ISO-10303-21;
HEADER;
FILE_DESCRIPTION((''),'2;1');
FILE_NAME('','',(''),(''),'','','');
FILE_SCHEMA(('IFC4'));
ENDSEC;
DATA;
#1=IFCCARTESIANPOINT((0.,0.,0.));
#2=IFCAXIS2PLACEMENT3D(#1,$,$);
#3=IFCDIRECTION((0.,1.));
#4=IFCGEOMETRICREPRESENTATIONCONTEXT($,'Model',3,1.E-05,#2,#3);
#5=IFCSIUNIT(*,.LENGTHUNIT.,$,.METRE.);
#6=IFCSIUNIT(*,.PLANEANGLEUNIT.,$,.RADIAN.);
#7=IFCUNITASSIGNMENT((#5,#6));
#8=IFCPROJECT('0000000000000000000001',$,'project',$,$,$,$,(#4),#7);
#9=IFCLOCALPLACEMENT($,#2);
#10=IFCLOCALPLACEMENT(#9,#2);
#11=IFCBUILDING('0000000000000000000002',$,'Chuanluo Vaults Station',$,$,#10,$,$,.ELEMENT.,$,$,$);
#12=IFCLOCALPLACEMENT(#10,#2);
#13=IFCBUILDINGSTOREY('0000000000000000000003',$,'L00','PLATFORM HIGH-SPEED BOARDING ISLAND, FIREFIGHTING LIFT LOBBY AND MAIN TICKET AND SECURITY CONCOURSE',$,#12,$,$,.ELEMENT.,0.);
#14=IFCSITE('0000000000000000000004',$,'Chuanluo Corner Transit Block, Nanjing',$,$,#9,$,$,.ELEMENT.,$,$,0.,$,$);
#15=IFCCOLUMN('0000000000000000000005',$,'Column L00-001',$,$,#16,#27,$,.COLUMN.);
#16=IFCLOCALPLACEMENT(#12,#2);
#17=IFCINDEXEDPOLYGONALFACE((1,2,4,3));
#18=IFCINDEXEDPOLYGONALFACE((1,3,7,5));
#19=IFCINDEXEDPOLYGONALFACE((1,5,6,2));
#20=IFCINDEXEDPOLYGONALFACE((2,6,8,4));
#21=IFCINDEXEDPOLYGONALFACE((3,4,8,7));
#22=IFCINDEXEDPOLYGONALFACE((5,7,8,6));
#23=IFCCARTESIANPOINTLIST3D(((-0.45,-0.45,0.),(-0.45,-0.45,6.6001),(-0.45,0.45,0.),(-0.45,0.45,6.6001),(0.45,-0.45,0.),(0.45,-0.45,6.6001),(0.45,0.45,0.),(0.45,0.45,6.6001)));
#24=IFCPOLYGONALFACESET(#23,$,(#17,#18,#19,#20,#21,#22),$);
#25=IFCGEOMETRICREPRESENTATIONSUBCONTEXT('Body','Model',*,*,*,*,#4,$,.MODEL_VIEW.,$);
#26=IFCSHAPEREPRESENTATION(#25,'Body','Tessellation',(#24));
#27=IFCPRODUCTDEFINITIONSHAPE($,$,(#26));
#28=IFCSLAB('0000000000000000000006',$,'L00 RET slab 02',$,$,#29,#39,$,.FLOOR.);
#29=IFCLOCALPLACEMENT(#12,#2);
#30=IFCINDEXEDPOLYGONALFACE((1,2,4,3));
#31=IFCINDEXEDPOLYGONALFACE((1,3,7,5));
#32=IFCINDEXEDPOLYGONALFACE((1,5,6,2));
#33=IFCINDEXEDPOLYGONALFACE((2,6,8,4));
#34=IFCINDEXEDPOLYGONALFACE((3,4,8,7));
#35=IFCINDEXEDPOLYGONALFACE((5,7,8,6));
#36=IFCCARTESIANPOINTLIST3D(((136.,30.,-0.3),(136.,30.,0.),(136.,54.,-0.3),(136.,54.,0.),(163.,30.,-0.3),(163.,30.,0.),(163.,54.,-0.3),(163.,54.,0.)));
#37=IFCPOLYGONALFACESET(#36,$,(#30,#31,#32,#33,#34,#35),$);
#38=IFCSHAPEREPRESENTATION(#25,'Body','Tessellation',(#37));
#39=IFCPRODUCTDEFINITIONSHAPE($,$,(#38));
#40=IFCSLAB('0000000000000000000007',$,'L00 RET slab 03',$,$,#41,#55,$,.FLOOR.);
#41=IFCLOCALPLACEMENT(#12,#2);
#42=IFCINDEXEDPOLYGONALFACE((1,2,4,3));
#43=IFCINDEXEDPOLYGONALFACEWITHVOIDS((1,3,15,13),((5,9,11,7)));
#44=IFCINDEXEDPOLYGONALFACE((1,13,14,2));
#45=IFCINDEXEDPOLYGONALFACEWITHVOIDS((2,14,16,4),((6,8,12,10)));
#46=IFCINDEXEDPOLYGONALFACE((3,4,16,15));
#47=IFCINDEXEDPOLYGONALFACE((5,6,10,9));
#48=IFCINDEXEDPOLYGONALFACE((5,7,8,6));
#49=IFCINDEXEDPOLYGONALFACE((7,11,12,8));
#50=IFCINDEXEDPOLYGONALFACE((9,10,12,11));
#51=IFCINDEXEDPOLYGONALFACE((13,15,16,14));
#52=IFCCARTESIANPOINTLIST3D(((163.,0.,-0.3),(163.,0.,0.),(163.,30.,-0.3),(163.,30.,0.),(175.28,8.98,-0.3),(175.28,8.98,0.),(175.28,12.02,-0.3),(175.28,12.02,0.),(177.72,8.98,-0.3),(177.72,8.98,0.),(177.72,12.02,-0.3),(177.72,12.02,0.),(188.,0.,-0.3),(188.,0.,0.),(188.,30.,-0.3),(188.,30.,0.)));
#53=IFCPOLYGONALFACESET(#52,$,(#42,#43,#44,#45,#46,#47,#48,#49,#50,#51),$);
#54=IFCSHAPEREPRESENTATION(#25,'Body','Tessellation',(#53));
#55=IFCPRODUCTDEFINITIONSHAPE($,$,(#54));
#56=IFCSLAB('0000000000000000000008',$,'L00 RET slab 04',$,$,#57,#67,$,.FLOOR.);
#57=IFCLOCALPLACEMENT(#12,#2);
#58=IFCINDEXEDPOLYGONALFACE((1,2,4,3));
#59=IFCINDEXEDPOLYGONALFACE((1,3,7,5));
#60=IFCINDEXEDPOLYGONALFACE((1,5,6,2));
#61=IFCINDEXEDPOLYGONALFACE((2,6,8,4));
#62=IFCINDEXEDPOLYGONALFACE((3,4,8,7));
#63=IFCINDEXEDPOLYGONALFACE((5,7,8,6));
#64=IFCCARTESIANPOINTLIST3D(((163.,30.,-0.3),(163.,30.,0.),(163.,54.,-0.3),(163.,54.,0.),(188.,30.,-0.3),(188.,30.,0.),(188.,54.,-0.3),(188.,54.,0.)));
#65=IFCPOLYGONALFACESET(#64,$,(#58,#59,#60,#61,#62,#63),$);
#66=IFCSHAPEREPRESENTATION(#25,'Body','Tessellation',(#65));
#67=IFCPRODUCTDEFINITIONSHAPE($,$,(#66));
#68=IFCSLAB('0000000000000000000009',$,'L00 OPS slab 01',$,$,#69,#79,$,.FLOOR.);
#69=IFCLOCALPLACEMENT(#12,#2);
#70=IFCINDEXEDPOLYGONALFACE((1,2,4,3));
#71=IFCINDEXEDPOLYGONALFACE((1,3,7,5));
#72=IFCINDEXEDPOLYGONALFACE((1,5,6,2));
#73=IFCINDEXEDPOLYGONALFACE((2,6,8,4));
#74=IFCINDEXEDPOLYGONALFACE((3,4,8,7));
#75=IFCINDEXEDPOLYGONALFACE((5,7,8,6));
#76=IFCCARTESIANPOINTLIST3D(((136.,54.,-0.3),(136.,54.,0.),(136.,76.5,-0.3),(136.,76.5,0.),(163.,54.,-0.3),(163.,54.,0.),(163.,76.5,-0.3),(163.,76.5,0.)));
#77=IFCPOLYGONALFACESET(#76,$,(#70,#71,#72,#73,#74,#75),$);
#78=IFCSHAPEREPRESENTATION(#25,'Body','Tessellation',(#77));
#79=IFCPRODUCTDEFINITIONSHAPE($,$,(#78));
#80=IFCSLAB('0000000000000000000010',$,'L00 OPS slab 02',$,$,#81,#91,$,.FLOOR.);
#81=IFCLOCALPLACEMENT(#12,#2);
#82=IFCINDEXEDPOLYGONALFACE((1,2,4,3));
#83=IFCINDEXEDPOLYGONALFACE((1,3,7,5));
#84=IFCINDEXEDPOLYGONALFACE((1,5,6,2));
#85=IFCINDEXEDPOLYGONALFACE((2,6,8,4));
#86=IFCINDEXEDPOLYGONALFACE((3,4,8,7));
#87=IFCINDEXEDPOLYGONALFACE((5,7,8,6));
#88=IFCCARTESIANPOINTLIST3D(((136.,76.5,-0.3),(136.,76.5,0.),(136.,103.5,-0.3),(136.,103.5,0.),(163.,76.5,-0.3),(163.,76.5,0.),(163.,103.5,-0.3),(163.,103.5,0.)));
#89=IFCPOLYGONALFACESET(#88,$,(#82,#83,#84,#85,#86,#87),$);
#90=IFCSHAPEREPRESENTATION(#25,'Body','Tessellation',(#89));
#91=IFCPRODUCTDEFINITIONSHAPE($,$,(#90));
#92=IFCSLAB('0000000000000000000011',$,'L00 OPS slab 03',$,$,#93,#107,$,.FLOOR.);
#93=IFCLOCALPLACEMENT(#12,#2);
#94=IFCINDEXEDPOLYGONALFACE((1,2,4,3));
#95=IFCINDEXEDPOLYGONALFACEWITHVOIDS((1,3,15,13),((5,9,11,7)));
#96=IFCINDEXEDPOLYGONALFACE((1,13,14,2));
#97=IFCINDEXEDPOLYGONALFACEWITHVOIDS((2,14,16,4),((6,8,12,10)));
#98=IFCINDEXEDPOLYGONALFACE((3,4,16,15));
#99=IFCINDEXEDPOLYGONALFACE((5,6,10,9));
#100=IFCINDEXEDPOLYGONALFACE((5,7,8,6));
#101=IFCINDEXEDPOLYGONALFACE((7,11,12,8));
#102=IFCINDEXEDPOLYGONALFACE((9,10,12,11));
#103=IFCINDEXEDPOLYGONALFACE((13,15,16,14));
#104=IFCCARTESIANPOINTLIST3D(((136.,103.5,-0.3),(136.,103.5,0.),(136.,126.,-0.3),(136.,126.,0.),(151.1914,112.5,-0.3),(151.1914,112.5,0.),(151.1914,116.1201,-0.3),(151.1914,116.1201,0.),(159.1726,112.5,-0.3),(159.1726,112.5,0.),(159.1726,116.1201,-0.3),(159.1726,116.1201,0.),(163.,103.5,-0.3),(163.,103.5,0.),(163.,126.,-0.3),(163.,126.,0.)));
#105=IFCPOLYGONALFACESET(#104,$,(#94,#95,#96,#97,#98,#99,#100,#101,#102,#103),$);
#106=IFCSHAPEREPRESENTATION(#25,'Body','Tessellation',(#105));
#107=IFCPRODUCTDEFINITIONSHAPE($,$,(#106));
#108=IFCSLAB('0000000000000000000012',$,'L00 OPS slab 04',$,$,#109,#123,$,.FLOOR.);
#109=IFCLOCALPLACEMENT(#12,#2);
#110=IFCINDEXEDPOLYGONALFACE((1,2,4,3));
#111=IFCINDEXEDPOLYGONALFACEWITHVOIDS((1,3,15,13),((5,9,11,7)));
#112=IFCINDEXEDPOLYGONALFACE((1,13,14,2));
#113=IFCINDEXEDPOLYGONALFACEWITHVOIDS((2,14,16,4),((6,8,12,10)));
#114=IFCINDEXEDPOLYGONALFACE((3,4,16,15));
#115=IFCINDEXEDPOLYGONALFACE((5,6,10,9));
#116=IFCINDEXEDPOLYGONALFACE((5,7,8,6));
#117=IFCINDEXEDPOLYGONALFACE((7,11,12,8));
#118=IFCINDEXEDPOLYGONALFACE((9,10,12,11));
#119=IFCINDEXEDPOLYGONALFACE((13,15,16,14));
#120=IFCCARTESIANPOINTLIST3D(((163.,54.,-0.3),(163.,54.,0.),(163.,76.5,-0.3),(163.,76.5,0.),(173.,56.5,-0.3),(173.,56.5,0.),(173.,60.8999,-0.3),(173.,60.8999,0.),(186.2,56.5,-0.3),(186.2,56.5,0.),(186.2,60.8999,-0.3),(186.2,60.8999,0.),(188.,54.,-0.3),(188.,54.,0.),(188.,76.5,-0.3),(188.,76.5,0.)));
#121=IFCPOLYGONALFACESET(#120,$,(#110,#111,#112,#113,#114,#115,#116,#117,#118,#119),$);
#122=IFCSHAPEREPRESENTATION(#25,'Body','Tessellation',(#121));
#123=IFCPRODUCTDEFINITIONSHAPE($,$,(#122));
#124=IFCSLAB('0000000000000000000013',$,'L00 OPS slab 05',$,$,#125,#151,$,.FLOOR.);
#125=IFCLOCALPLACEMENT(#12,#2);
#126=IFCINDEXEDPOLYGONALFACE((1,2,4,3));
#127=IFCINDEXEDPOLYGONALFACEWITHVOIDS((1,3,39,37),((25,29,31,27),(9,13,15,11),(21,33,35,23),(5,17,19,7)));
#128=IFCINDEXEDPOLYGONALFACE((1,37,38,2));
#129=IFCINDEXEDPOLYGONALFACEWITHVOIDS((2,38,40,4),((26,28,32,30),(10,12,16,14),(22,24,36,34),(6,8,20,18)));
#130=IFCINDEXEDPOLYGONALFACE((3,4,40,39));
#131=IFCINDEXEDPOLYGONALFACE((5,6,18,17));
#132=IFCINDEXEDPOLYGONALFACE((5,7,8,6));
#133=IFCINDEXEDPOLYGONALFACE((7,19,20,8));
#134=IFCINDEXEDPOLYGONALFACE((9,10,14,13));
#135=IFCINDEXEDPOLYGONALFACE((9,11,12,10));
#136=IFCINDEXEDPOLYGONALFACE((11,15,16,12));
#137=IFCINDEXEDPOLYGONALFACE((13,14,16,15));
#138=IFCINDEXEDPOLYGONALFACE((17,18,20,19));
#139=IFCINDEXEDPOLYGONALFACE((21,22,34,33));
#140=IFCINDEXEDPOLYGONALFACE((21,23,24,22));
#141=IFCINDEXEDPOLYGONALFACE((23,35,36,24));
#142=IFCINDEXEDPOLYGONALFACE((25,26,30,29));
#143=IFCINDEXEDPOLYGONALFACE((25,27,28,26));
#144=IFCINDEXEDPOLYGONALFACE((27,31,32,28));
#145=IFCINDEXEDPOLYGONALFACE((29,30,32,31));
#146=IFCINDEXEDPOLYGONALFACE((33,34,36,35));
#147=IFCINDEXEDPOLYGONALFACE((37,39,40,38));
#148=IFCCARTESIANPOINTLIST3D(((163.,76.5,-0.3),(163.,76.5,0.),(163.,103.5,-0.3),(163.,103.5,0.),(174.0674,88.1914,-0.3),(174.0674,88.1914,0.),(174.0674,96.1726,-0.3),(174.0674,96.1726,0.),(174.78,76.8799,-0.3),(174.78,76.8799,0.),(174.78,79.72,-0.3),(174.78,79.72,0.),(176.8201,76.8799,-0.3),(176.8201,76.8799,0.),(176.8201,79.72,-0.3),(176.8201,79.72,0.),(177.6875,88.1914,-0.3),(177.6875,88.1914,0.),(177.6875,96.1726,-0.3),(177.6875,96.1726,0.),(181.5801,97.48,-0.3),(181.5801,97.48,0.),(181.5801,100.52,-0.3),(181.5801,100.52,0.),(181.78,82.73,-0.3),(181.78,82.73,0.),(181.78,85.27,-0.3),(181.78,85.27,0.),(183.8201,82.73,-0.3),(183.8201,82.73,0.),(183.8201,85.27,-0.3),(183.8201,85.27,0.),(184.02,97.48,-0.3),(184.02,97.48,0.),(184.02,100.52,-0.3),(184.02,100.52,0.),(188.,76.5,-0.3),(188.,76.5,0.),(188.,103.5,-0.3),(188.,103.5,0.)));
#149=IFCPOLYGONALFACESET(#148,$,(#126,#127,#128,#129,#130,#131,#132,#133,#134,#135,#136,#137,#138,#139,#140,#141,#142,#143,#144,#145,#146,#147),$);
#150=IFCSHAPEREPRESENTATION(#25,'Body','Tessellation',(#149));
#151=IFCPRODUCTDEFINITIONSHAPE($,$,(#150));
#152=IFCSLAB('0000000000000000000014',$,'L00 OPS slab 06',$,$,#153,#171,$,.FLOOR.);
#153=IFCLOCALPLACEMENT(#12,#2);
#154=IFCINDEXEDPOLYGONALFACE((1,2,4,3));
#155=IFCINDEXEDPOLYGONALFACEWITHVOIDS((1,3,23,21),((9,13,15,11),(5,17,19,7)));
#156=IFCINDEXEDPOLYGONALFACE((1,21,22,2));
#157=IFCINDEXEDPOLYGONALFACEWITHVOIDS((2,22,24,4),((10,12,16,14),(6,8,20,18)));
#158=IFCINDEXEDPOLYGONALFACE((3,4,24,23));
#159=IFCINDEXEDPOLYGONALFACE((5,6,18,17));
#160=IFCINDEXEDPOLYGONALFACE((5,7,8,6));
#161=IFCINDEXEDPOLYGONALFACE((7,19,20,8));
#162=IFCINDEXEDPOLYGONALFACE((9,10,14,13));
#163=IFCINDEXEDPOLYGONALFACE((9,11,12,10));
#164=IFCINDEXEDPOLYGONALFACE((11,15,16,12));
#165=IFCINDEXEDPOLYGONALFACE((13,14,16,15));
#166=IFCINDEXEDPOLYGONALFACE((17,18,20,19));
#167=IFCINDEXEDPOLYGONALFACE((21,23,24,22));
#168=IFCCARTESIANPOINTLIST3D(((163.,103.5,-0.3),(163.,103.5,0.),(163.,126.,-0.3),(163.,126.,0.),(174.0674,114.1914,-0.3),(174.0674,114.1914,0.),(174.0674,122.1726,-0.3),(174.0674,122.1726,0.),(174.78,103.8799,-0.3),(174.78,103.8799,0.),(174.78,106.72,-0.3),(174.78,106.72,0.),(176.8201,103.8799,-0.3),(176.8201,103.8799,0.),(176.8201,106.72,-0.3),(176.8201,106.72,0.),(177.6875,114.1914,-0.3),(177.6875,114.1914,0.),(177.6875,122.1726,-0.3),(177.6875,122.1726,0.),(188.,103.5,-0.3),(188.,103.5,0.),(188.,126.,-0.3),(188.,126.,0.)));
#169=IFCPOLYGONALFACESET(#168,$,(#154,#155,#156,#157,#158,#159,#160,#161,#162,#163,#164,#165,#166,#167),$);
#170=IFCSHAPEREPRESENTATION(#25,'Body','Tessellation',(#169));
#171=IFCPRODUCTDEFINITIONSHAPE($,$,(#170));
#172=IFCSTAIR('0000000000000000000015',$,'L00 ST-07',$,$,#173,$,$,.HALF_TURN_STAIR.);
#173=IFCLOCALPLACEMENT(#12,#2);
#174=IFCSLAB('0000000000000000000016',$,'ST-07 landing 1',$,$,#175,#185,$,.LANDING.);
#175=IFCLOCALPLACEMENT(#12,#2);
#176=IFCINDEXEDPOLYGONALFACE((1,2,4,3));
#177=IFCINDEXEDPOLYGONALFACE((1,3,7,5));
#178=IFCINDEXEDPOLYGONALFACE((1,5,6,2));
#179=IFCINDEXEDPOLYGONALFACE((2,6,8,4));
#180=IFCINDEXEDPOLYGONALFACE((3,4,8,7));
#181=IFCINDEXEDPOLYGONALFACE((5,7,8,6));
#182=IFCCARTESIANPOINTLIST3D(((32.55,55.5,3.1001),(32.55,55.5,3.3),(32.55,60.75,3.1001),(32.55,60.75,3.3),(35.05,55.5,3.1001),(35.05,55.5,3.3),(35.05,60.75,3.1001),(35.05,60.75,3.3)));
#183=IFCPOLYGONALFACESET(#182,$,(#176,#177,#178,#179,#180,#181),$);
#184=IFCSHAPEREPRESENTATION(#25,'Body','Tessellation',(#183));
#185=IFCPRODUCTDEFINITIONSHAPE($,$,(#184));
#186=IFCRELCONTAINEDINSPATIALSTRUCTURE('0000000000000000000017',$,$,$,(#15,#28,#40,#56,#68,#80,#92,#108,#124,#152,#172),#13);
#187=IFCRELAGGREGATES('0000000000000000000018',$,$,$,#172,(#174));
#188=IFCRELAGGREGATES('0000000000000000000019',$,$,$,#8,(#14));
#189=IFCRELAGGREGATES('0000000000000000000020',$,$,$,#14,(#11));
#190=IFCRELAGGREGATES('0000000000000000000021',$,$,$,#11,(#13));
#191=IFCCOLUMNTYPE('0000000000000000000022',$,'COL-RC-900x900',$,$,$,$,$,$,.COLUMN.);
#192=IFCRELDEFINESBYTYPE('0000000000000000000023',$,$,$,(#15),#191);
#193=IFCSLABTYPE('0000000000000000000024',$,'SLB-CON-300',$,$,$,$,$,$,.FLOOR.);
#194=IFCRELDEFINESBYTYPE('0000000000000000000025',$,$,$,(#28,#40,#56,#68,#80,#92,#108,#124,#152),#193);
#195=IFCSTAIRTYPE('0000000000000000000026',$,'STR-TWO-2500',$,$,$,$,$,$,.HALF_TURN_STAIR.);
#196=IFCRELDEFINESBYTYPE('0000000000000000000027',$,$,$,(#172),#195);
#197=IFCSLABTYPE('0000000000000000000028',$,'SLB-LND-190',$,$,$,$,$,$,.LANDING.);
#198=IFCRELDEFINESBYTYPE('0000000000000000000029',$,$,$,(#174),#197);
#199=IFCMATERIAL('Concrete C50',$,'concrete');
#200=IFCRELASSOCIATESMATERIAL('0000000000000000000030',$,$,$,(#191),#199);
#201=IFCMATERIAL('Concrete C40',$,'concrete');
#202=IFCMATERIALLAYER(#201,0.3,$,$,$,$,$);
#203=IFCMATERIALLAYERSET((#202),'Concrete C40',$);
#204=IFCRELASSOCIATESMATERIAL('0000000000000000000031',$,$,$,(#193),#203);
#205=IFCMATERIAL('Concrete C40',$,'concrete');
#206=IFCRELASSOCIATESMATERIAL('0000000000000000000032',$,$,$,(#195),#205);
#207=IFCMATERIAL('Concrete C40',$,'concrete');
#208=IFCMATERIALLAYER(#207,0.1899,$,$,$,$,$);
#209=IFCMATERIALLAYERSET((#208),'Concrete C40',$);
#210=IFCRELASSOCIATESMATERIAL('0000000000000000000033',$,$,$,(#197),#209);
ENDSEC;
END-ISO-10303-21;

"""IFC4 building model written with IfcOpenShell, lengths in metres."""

from ifc_helpers import new_model, si_unit, direction, frame, origin, origin_with_axes, origin_2d, place, context, subcontext, project, spatial, polyline, rectangle, outline, extrude, material, layer, layer_set, material_profile, profile_set, type_object, element, aggregate, save


model = new_model("IFC4")

# Units and contexts
model_context = context("Model", 3, precision=1e-05, world=origin(), true_north=direction((0.0, 1.0)))
body_context = subcontext(model_context, "Body", "Model", "MODEL_VIEW")
ifc_project = project(units=[si_unit("LENGTHUNIT", "METRE"), si_unit("PLANEANGLEUNIT", "RADIAN")], contexts=[model_context])

# Site, building, storey
site_placement = place(None, origin())
site = spatial("IfcSite", under=ifc_project, at=site_placement, Name="Chuanluo Corner Transit Block, Nanjing", CompositionType="ELEMENT", RefElevation=0.0)
building_placement = place(site_placement, origin())
building = spatial("IfcBuilding", under=site, at=building_placement, Name="Chuanluo Vaults Station", CompositionType="ELEMENT")
storey_placement = place(building_placement, origin())
storey = spatial("IfcBuildingStorey", under=building, at=storey_placement, Name="L00", Description="PLATFORM HIGH-SPEED BOARDING ISLAND, FIREFIGHTING LIFT LOBBY AND MAIN TICKET AND SECURITY CONCOURSE", CompositionType="ELEMENT", Elevation=0.0)

# Column
ifc_material_1 = material(Name="Concrete C50", Category="concrete")
ifc_material_profile = material_profile(ifc_material_1, rectangle(XDim=0.8999, YDim=0.8999, at=origin_2d()))
ifc_profile_set = profile_set([ifc_material_profile], Name="Concrete C50")
column_type = type_object("IfcColumnType", Name="COL-RC-900x900", PredefinedType="COLUMN", material=ifc_profile_set)
column_placement = place(storey_placement, origin_with_axes())
element("IfcColumn", 1, at=column_placement, inside=storey, type_object=column_type, Name="Column L00-001", PredefinedType="COLUMN", context=body_context, shape_type="SweptSolid", body=[
    extrude(rectangle(XDim=0.8999, YDim=0.8999, at=origin_2d()), origin(), (0.0, 0.0, 1.0), 6.6001),
])

# Slabs
ifc_material_2 = material(Name="Concrete C40", Category="concrete")
ifc_layer_1 = layer(ifc_material_2, 0.3)
ifc_layer_set_1 = layer_set([ifc_layer_1], Name="Concrete C40")
slab_type_1 = type_object("IfcSlabType", Name="SLB-CON-300", PredefinedType="FLOOR", material=ifc_layer_set_1)
slab_1_placement = place(storey_placement, frame((0.0, 0.0, -0.3)))
element("IfcSlab", 2, at=slab_1_placement, inside=storey, type_object=slab_type_1, Name="L00 RET slab 02", PredefinedType="FLOOR", context=body_context, shape_type="SweptSolid", body=[
    extrude(outline(polyline([(136.0, 30.0), (163.0, 30.0), (163.0, 54.0), (136.0, 54.0), (136.0, 30.0)])), origin(), (0.0, 0.0, 1.0), 0.3),
])
slab_2_placement = place(storey_placement, frame((0.0, 0.0, -0.3)))
element("IfcSlab", 3, at=slab_2_placement, inside=storey, type_object=slab_type_1, Name="L00 RET slab 03", PredefinedType="FLOOR", context=body_context, shape_type="SweptSolid", body=[
    extrude(outline(polyline([(163.0, 0.0), (188.0, 0.0), (188.0, 30.0), (163.0, 30.0), (163.0, 0.0)]), holes=[polyline([(175.28, 8.98), (177.72, 8.98), (177.72, 12.02), (175.28, 12.02), (175.28, 8.98)])]), origin(), (0.0, 0.0, 1.0), 0.3),
])
slab_3_placement = place(storey_placement, frame((0.0, 0.0, -0.3)))
element("IfcSlab", 4, at=slab_3_placement, inside=storey, type_object=slab_type_1, Name="L00 RET slab 04", PredefinedType="FLOOR", context=body_context, shape_type="SweptSolid", body=[
    extrude(outline(polyline([(163.0, 30.0), (188.0, 30.0), (188.0, 54.0), (163.0, 54.0), (163.0, 30.0)])), origin(), (0.0, 0.0, 1.0), 0.3),
])
slab_4_placement = place(storey_placement, frame((0.0, 0.0, -0.3)))
element("IfcSlab", 5, at=slab_4_placement, inside=storey, type_object=slab_type_1, Name="L00 OPS slab 01", PredefinedType="FLOOR", context=body_context, shape_type="SweptSolid", body=[
    extrude(outline(polyline([(136.0, 54.0), (163.0, 54.0), (163.0, 76.5), (136.0, 76.5), (136.0, 54.0)])), origin(), (0.0, 0.0, 1.0), 0.3),
])
slab_5_placement = place(storey_placement, frame((0.0, 0.0, -0.3)))
element("IfcSlab", 6, at=slab_5_placement, inside=storey, type_object=slab_type_1, Name="L00 OPS slab 02", PredefinedType="FLOOR", context=body_context, shape_type="SweptSolid", body=[
    extrude(outline(polyline([(136.0, 76.5), (163.0, 76.5), (163.0, 103.5), (136.0, 103.5), (136.0, 76.5)])), origin(), (0.0, 0.0, 1.0), 0.3),
])
slab_6_placement = place(storey_placement, frame((0.0, 0.0, -0.3)))
element("IfcSlab", 7, at=slab_6_placement, inside=storey, type_object=slab_type_1, Name="L00 OPS slab 03", PredefinedType="FLOOR", context=body_context, shape_type="SweptSolid", body=[
    extrude(outline(polyline([(136.0, 103.5), (163.0, 103.5), (163.0, 126.0), (136.0, 126.0), (136.0, 103.5)]), holes=[polyline([(151.1914, 112.5), (159.1726, 112.5), (159.1726, 116.1201), (151.1914, 116.1201), (151.1914, 112.5)])]), origin(), (0.0, 0.0, 1.0), 0.3),
])
slab_7_placement = place(storey_placement, frame((0.0, 0.0, -0.3)))
element("IfcSlab", 8, at=slab_7_placement, inside=storey, type_object=slab_type_1, Name="L00 OPS slab 04", PredefinedType="FLOOR", context=body_context, shape_type="SweptSolid", body=[
    extrude(outline(polyline([(163.0, 54.0), (188.0, 54.0), (188.0, 76.5), (163.0, 76.5), (163.0, 54.0)]), holes=[polyline([(173.0, 56.5), (186.2, 56.5), (186.2, 60.8999), (173.0, 60.8999), (173.0, 56.5)])]), origin(), (0.0, 0.0, 1.0), 0.3),
])
slab_8_placement = place(storey_placement, frame((0.0, 0.0, -0.3)))
element("IfcSlab", 9, at=slab_8_placement, inside=storey, type_object=slab_type_1, Name="L00 OPS slab 05", PredefinedType="FLOOR", context=body_context, shape_type="SweptSolid", body=[
    extrude(outline(polyline([(163.0, 76.5), (188.0, 76.5), (188.0, 103.5), (163.0, 103.5), (163.0, 76.5)]), holes=[polyline([(177.6875, 88.1914), (177.6875, 96.1726), (174.0674, 96.1726), (174.0674, 88.1914), (177.6875, 88.1914)]), polyline([(174.78, 76.8799), (176.8201, 76.8799), (176.8201, 79.72), (174.78, 79.72), (174.78, 76.8799)]), polyline([(181.78, 82.73), (183.8201, 82.73), (183.8201, 85.27), (181.78, 85.27), (181.78, 82.73)]), polyline([(181.5801, 97.48), (184.02, 97.48), (184.02, 100.52), (181.5801, 100.52), (181.5801, 97.48)])]), origin(), (0.0, 0.0, 1.0), 0.3),
])
slab_9_placement = place(storey_placement, frame((0.0, 0.0, -0.3)))
element("IfcSlab", 10, at=slab_9_placement, inside=storey, type_object=slab_type_1, Name="L00 OPS slab 06", PredefinedType="FLOOR", context=body_context, shape_type="SweptSolid", body=[
    extrude(outline(polyline([(163.0, 103.5), (188.0, 103.5), (188.0, 126.0), (163.0, 126.0), (163.0, 103.5)]), holes=[polyline([(177.6875, 114.1914), (177.6875, 122.1726), (174.0674, 122.1726), (174.0674, 114.1914), (177.6875, 114.1914)]), polyline([(174.78, 103.8799), (176.8201, 103.8799), (176.8201, 106.72), (174.78, 106.72), (174.78, 103.8799)])]), origin(), (0.0, 0.0, 1.0), 0.3),
])

# Stair, slab
ifc_material_3 = material(Name="Concrete C40", Category="concrete")
stair_type_1 = type_object("IfcStairType", Name="STR-TWO-2500", PredefinedType="HALF_TURN_STAIR", material=ifc_material_3)
stair_1_placement = place(storey_placement, origin())
stair_1 = element("IfcStair", 11, at=stair_1_placement, inside=storey, type_object=stair_type_1, Name="L00 ST-07", PredefinedType="HALF_TURN_STAIR")
ifc_material_4 = material(Name="Concrete C40", Category="concrete")
ifc_layer_2 = layer(ifc_material_4, 0.1899)
ifc_layer_set_2 = layer_set([ifc_layer_2], Name="Concrete C40")
slab_type_2 = type_object("IfcSlabType", Name="SLB-LND-190", PredefinedType="LANDING", material=ifc_layer_set_2)
slab_10_placement = place(storey_placement, frame((0.0, 0.0, 3.1001)))
slab_10 = element("IfcSlab", 12, at=slab_10_placement, type_object=slab_type_2, Name="ST-07 landing 1", PredefinedType="LANDING", context=body_context, shape_type="SweptSolid", body=[
    extrude(outline(polyline([(32.55, 55.5), (35.05, 55.5), (35.05, 60.75), (32.55, 60.75), (32.55, 55.5)])), origin(), (0.0, 0.0, 1.0), 0.2),
])
aggregate(stair_1, [slab_10])

save(model, "model.ifc")
